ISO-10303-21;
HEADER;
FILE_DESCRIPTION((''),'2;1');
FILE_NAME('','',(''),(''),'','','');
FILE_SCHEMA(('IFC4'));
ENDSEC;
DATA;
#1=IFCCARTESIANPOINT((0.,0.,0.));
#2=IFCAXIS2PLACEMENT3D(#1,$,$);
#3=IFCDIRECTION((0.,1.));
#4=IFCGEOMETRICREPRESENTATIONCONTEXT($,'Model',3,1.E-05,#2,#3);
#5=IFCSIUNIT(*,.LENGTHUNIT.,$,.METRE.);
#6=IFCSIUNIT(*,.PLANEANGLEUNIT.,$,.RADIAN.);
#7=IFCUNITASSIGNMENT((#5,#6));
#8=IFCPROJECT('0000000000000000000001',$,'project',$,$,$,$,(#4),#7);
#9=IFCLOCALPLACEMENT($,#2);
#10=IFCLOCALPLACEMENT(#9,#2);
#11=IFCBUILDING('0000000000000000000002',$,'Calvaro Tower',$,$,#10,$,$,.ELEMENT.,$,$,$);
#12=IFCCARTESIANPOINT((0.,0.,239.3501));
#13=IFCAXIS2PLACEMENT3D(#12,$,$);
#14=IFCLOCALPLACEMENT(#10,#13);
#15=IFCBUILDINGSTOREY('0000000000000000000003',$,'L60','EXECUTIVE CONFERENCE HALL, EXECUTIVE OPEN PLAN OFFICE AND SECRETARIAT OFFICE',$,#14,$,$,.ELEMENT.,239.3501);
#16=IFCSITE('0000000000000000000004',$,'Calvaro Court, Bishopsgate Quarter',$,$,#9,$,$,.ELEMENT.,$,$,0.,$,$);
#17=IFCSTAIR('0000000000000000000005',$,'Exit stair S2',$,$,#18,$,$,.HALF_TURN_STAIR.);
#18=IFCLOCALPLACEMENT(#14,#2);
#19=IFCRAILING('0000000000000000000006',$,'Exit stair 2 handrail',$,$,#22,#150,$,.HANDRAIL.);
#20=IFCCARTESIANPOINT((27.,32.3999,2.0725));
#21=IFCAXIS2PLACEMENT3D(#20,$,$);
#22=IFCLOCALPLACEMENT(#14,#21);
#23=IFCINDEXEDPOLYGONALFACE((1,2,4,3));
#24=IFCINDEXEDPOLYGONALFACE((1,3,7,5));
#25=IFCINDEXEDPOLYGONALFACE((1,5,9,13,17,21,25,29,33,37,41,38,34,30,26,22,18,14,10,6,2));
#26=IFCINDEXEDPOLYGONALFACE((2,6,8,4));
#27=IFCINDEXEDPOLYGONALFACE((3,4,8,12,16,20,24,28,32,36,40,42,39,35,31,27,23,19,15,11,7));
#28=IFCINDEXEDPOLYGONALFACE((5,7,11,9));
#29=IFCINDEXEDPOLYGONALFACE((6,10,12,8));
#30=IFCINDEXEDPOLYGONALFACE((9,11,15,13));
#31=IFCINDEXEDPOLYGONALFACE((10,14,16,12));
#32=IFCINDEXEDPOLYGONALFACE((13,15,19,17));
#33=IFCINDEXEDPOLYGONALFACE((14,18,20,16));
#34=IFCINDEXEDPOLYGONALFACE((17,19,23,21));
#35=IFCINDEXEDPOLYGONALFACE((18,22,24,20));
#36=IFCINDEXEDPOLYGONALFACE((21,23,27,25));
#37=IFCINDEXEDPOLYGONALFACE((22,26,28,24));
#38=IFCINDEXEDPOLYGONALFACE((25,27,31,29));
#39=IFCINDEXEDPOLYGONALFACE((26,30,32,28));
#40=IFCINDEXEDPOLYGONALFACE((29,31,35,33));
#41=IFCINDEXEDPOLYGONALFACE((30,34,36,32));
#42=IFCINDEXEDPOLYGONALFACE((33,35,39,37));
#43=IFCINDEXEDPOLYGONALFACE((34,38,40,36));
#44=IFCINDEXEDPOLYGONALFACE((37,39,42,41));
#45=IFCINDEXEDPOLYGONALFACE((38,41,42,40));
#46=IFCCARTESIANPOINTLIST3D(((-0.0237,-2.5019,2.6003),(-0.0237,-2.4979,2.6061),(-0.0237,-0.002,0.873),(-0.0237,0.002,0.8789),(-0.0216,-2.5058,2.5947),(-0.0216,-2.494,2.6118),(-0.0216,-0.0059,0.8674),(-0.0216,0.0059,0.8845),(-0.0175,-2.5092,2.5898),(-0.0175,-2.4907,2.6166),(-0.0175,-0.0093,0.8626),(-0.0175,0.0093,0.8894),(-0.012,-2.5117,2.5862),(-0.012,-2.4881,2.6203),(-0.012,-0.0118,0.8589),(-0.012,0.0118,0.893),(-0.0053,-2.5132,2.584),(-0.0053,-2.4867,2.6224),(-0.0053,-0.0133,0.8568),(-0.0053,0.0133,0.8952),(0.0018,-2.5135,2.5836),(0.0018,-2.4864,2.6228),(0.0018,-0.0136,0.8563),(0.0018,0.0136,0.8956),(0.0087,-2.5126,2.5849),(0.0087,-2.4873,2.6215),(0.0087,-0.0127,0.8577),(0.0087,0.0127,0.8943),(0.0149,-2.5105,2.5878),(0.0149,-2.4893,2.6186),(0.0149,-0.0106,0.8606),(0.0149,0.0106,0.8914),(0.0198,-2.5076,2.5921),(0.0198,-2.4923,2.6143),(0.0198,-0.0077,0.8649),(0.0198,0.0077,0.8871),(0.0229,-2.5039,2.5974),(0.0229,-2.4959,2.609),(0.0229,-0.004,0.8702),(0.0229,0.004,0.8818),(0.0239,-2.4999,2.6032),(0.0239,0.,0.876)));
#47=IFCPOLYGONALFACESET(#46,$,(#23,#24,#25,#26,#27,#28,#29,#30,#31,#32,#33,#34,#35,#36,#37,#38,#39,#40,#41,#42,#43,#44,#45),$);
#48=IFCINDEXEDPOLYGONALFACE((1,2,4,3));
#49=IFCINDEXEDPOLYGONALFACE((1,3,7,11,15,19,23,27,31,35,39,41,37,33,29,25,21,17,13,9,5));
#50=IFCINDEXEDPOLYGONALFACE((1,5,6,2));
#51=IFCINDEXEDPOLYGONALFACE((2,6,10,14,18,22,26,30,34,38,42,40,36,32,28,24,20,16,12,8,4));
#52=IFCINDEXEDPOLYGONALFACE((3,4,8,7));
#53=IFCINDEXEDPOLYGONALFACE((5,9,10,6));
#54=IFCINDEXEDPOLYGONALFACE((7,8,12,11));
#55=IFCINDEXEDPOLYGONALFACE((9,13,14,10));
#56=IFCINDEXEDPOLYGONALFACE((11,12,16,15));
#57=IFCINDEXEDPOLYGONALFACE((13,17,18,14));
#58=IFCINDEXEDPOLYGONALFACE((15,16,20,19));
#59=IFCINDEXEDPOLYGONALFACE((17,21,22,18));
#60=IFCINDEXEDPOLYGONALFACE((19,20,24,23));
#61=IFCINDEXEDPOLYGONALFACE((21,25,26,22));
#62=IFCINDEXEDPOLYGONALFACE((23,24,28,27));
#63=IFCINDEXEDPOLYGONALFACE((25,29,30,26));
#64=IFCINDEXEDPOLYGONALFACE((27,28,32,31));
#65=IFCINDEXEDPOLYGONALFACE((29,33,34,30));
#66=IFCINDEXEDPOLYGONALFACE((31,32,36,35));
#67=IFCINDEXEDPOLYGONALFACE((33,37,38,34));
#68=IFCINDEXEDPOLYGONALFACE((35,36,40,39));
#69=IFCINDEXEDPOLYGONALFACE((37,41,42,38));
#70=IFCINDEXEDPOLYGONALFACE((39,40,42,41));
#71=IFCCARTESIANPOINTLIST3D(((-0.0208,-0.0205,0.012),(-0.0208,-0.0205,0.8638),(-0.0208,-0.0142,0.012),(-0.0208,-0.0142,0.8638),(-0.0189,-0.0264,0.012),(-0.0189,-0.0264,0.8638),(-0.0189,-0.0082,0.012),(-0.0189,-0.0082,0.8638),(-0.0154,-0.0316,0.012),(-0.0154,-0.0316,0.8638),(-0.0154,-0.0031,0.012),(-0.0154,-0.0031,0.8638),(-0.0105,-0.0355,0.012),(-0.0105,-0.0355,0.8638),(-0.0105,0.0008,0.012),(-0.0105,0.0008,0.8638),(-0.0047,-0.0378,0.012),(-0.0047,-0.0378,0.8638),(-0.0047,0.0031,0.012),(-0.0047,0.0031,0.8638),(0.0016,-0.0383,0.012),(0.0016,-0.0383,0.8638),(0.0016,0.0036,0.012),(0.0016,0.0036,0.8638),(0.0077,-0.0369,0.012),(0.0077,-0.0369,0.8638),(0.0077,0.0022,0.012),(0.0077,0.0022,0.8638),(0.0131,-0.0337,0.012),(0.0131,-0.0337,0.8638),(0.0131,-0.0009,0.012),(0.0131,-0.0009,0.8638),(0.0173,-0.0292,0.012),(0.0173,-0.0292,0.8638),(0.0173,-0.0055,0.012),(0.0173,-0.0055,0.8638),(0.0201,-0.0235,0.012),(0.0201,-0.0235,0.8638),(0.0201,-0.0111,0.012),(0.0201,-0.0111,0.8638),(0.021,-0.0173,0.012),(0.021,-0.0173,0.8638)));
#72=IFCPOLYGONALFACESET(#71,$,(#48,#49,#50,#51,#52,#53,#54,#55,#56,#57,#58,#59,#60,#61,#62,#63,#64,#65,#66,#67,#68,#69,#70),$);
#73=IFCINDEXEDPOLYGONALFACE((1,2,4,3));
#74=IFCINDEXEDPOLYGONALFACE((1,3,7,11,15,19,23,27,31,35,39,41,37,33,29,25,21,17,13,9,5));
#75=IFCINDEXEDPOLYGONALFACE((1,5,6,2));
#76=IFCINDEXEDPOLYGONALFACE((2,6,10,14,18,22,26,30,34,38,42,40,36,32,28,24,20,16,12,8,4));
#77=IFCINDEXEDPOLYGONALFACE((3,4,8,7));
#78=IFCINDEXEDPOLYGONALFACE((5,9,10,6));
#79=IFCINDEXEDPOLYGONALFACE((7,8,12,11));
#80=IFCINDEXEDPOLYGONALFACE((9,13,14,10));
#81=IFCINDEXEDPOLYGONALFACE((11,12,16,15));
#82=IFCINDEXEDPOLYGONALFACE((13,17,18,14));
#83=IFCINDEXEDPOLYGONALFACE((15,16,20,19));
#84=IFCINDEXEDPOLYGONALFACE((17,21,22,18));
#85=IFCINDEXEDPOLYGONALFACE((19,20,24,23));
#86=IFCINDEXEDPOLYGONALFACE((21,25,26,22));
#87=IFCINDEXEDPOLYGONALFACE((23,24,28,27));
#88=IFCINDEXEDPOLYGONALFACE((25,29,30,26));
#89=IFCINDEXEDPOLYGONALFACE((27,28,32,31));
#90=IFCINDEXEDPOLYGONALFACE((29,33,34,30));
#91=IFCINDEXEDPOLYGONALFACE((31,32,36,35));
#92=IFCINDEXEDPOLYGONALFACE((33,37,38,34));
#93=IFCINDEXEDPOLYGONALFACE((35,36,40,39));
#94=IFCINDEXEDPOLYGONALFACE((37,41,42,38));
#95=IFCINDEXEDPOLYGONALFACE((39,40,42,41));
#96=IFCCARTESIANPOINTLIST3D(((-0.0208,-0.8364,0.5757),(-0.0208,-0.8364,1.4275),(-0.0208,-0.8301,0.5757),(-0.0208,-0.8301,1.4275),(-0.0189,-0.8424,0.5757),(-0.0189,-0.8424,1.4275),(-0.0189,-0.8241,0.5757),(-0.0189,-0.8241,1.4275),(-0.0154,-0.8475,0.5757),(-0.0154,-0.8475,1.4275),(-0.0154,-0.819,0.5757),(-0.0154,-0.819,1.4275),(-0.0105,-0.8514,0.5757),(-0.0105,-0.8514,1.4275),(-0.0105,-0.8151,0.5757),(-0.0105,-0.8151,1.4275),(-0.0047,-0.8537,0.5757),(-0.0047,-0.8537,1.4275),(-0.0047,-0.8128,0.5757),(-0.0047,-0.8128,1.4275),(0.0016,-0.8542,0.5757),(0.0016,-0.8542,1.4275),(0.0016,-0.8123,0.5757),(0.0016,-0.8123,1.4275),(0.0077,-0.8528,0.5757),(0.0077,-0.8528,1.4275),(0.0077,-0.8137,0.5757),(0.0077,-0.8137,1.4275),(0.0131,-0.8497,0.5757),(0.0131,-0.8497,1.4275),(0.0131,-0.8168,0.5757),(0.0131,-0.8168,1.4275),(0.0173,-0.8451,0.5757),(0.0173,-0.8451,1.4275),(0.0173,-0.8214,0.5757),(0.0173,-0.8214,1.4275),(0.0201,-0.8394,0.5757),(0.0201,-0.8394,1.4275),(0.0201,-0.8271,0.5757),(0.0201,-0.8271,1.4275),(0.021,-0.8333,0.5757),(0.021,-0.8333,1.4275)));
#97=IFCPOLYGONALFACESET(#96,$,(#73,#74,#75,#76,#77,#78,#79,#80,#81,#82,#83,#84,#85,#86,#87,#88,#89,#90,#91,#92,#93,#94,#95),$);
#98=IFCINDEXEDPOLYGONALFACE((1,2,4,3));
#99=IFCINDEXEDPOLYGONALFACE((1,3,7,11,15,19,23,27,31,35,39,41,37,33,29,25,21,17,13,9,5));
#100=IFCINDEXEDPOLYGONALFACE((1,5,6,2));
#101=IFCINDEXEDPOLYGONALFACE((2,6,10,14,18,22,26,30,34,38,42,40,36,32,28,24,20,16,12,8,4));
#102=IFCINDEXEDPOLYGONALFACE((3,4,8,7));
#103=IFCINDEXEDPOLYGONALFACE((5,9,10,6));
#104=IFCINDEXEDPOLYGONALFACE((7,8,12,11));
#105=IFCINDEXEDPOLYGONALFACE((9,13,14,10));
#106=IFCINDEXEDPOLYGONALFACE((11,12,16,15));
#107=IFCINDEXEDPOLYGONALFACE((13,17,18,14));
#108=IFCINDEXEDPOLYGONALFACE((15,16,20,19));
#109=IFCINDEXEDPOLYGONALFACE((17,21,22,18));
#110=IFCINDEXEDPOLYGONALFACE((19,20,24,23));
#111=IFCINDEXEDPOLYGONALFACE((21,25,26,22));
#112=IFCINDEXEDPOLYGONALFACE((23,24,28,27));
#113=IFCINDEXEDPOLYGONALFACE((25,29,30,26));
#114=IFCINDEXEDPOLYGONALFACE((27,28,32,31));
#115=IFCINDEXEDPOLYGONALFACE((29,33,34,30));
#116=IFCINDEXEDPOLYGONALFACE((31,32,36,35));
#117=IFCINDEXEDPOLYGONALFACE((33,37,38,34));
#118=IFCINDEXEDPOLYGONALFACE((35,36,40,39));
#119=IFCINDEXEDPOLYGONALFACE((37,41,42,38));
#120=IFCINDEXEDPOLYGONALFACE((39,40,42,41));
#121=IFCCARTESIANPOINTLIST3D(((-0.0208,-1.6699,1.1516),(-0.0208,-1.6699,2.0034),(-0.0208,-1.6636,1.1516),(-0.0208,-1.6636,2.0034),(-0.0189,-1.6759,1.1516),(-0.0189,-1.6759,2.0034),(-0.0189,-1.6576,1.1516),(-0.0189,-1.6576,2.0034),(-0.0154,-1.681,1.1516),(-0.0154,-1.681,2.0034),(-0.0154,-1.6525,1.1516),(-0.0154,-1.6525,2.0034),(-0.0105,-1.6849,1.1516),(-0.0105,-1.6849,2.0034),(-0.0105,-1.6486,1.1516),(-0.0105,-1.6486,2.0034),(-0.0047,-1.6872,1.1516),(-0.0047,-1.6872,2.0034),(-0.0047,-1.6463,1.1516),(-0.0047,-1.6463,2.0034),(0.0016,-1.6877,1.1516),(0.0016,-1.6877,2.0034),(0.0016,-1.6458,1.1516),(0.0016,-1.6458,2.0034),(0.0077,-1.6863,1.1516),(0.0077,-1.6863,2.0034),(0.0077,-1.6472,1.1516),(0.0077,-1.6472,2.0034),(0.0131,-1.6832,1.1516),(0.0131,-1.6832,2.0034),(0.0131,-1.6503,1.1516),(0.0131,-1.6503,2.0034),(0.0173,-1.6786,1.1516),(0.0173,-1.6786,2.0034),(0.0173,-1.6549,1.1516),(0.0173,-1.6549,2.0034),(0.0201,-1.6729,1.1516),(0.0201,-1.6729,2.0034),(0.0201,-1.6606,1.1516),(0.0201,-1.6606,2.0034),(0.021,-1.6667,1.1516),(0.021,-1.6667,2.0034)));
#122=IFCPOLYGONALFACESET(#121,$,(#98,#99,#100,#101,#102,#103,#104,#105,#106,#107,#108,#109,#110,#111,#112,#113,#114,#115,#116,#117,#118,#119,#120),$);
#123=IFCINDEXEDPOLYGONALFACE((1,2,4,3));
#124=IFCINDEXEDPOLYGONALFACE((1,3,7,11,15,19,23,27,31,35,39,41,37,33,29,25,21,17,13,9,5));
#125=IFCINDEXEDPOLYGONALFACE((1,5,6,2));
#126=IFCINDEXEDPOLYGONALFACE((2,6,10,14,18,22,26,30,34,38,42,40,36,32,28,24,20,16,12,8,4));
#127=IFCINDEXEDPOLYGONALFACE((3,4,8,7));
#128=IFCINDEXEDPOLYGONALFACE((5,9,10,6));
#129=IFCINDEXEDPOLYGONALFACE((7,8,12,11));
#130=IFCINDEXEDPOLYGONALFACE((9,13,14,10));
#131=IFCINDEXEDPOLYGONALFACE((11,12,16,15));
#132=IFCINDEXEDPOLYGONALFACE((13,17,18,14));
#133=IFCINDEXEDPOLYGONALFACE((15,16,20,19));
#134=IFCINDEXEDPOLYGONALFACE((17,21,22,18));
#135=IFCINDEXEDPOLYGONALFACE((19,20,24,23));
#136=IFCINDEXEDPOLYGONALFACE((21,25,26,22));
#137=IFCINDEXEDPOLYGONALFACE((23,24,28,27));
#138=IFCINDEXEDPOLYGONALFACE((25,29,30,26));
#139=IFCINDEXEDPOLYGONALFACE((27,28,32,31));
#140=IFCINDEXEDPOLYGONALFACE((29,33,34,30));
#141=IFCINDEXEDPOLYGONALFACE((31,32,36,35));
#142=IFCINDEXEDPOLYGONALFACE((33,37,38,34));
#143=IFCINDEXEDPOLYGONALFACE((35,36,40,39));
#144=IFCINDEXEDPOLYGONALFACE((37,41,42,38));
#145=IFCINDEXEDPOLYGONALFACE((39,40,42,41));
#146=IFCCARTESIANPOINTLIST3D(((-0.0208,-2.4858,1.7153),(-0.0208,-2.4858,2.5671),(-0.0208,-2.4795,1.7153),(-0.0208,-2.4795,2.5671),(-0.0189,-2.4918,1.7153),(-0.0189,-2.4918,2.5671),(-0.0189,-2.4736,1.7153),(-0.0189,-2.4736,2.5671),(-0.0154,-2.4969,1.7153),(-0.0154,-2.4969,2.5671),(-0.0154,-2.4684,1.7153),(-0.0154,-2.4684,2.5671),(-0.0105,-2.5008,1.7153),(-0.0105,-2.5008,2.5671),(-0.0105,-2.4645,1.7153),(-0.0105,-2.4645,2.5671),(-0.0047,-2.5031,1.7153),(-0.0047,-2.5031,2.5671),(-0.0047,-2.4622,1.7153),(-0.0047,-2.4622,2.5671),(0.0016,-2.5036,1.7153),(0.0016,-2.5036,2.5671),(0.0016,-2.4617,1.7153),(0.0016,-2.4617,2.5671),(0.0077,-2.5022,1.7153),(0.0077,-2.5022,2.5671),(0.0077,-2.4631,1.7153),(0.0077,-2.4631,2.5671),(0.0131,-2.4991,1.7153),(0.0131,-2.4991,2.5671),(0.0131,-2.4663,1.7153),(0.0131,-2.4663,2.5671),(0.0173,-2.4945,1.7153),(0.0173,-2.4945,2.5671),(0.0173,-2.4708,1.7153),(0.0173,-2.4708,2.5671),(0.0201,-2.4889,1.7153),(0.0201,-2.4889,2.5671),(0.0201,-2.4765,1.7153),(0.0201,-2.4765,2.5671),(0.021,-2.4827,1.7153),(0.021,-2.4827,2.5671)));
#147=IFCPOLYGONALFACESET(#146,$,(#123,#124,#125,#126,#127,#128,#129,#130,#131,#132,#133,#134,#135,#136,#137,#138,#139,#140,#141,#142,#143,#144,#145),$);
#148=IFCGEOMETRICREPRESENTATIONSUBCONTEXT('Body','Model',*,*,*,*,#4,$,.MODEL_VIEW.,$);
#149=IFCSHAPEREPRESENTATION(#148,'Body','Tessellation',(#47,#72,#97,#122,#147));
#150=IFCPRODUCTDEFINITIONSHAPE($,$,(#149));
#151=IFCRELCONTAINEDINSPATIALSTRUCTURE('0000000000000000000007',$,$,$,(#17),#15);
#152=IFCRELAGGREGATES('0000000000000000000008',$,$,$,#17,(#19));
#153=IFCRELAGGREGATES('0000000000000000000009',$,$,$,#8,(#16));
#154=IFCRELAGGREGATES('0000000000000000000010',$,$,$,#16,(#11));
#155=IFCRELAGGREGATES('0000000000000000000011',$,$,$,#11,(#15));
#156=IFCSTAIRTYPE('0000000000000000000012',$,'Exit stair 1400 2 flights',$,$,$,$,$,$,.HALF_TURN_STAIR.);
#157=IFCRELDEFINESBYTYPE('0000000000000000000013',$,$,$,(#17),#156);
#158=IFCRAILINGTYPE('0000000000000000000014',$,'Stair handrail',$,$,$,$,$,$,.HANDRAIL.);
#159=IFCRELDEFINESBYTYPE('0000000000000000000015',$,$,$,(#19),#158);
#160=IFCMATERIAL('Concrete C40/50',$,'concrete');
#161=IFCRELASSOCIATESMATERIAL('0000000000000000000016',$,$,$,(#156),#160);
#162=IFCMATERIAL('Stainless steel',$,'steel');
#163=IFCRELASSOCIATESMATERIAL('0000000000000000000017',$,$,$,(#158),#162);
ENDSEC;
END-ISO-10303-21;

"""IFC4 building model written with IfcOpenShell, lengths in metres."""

from ifc_helpers import new_model, si_unit, direction, frame, origin, origin_2d, place, context, subcontext, project, spatial, circle, extrude, material, type_object, element, aggregate, save


model = new_model("IFC4")

# Units and contexts
model_context = context("Model", 3, precision=1e-05, world=origin(), true_north=direction((0.0, 1.0)))
body_context = subcontext(model_context, "Body", "Model", "MODEL_VIEW")
ifc_project = project(units=[si_unit("LENGTHUNIT", "METRE"), si_unit("PLANEANGLEUNIT", "RADIAN")], contexts=[model_context])

# Site, building, storey
site_placement = place(None, origin())
site = spatial("IfcSite", under=ifc_project, at=site_placement, Name="Calvaro Court, Bishopsgate Quarter", CompositionType="ELEMENT", RefElevation=0.0)
building_placement = place(site_placement, origin())
building = spatial("IfcBuilding", under=site, at=building_placement, Name="Calvaro Tower", CompositionType="ELEMENT")
storey_placement = place(building_placement, frame((0.0, 0.0, 239.3501)))
storey = spatial("IfcBuildingStorey", under=building, at=storey_placement, Name="L60", Description="EXECUTIVE CONFERENCE HALL, EXECUTIVE OPEN PLAN OFFICE AND SECRETARIAT OFFICE", CompositionType="ELEMENT", Elevation=239.3501)

# Stair, railing
ifc_material_1 = material(Name="Concrete C40/50", Category="concrete")
stair_type = type_object("IfcStairType", Name="Exit stair 1400 2 flights", PredefinedType="HALF_TURN_STAIR", material=ifc_material_1)
stair_placement = place(storey_placement, origin())
stair = element("IfcStair", 1, at=stair_placement, inside=storey, type_object=stair_type, Name="Exit stair S2", PredefinedType="HALF_TURN_STAIR")
ifc_material_2 = material(Name="Stainless steel", Category="steel")
railing_type = type_object("IfcRailingType", Name="Stair handrail", PredefinedType="HANDRAIL", material=ifc_material_2)
railing_1_placement = place(storey_placement, frame((27.0, 32.3999, 2.0725)))
railing_1 = element("IfcRailing", 2, at=railing_1_placement, type_object=railing_type, Name="Exit stair 2 handrail", PredefinedType="HANDRAIL", context=body_context, shape_type="SweptSolid", body=[
    extrude(circle(Radius=0.0239, at=origin_2d()), frame((0.0, 0.0, 0.876), z_axis=(0.0, -0.822727, 0.568437), x_axis=(1.0, 0.0, 0.0)), (0.0, 0.0, 1.0), 3.0386),
    extrude(circle(Radius=0.021, at=origin_2d()), frame((0.0, -0.0173, 0.012)), (0.0, 0.0, 1.0), 0.8518),
    extrude(circle(Radius=0.021, at=origin_2d()), frame((0.0, -0.8333, 0.5757)), (0.0, 0.0, 1.0), 0.8518),
    extrude(circle(Radius=0.021, at=origin_2d()), frame((0.0, -1.6667, 1.1516)), (0.0, 0.0, 1.0), 0.8518),
    extrude(circle(Radius=0.021, at=origin_2d()), frame((0.0, -2.4827, 1.7153)), (0.0, 0.0, 1.0), 0.8518),
])
aggregate(stair, [railing_1])

save(model, "model.ifc")
